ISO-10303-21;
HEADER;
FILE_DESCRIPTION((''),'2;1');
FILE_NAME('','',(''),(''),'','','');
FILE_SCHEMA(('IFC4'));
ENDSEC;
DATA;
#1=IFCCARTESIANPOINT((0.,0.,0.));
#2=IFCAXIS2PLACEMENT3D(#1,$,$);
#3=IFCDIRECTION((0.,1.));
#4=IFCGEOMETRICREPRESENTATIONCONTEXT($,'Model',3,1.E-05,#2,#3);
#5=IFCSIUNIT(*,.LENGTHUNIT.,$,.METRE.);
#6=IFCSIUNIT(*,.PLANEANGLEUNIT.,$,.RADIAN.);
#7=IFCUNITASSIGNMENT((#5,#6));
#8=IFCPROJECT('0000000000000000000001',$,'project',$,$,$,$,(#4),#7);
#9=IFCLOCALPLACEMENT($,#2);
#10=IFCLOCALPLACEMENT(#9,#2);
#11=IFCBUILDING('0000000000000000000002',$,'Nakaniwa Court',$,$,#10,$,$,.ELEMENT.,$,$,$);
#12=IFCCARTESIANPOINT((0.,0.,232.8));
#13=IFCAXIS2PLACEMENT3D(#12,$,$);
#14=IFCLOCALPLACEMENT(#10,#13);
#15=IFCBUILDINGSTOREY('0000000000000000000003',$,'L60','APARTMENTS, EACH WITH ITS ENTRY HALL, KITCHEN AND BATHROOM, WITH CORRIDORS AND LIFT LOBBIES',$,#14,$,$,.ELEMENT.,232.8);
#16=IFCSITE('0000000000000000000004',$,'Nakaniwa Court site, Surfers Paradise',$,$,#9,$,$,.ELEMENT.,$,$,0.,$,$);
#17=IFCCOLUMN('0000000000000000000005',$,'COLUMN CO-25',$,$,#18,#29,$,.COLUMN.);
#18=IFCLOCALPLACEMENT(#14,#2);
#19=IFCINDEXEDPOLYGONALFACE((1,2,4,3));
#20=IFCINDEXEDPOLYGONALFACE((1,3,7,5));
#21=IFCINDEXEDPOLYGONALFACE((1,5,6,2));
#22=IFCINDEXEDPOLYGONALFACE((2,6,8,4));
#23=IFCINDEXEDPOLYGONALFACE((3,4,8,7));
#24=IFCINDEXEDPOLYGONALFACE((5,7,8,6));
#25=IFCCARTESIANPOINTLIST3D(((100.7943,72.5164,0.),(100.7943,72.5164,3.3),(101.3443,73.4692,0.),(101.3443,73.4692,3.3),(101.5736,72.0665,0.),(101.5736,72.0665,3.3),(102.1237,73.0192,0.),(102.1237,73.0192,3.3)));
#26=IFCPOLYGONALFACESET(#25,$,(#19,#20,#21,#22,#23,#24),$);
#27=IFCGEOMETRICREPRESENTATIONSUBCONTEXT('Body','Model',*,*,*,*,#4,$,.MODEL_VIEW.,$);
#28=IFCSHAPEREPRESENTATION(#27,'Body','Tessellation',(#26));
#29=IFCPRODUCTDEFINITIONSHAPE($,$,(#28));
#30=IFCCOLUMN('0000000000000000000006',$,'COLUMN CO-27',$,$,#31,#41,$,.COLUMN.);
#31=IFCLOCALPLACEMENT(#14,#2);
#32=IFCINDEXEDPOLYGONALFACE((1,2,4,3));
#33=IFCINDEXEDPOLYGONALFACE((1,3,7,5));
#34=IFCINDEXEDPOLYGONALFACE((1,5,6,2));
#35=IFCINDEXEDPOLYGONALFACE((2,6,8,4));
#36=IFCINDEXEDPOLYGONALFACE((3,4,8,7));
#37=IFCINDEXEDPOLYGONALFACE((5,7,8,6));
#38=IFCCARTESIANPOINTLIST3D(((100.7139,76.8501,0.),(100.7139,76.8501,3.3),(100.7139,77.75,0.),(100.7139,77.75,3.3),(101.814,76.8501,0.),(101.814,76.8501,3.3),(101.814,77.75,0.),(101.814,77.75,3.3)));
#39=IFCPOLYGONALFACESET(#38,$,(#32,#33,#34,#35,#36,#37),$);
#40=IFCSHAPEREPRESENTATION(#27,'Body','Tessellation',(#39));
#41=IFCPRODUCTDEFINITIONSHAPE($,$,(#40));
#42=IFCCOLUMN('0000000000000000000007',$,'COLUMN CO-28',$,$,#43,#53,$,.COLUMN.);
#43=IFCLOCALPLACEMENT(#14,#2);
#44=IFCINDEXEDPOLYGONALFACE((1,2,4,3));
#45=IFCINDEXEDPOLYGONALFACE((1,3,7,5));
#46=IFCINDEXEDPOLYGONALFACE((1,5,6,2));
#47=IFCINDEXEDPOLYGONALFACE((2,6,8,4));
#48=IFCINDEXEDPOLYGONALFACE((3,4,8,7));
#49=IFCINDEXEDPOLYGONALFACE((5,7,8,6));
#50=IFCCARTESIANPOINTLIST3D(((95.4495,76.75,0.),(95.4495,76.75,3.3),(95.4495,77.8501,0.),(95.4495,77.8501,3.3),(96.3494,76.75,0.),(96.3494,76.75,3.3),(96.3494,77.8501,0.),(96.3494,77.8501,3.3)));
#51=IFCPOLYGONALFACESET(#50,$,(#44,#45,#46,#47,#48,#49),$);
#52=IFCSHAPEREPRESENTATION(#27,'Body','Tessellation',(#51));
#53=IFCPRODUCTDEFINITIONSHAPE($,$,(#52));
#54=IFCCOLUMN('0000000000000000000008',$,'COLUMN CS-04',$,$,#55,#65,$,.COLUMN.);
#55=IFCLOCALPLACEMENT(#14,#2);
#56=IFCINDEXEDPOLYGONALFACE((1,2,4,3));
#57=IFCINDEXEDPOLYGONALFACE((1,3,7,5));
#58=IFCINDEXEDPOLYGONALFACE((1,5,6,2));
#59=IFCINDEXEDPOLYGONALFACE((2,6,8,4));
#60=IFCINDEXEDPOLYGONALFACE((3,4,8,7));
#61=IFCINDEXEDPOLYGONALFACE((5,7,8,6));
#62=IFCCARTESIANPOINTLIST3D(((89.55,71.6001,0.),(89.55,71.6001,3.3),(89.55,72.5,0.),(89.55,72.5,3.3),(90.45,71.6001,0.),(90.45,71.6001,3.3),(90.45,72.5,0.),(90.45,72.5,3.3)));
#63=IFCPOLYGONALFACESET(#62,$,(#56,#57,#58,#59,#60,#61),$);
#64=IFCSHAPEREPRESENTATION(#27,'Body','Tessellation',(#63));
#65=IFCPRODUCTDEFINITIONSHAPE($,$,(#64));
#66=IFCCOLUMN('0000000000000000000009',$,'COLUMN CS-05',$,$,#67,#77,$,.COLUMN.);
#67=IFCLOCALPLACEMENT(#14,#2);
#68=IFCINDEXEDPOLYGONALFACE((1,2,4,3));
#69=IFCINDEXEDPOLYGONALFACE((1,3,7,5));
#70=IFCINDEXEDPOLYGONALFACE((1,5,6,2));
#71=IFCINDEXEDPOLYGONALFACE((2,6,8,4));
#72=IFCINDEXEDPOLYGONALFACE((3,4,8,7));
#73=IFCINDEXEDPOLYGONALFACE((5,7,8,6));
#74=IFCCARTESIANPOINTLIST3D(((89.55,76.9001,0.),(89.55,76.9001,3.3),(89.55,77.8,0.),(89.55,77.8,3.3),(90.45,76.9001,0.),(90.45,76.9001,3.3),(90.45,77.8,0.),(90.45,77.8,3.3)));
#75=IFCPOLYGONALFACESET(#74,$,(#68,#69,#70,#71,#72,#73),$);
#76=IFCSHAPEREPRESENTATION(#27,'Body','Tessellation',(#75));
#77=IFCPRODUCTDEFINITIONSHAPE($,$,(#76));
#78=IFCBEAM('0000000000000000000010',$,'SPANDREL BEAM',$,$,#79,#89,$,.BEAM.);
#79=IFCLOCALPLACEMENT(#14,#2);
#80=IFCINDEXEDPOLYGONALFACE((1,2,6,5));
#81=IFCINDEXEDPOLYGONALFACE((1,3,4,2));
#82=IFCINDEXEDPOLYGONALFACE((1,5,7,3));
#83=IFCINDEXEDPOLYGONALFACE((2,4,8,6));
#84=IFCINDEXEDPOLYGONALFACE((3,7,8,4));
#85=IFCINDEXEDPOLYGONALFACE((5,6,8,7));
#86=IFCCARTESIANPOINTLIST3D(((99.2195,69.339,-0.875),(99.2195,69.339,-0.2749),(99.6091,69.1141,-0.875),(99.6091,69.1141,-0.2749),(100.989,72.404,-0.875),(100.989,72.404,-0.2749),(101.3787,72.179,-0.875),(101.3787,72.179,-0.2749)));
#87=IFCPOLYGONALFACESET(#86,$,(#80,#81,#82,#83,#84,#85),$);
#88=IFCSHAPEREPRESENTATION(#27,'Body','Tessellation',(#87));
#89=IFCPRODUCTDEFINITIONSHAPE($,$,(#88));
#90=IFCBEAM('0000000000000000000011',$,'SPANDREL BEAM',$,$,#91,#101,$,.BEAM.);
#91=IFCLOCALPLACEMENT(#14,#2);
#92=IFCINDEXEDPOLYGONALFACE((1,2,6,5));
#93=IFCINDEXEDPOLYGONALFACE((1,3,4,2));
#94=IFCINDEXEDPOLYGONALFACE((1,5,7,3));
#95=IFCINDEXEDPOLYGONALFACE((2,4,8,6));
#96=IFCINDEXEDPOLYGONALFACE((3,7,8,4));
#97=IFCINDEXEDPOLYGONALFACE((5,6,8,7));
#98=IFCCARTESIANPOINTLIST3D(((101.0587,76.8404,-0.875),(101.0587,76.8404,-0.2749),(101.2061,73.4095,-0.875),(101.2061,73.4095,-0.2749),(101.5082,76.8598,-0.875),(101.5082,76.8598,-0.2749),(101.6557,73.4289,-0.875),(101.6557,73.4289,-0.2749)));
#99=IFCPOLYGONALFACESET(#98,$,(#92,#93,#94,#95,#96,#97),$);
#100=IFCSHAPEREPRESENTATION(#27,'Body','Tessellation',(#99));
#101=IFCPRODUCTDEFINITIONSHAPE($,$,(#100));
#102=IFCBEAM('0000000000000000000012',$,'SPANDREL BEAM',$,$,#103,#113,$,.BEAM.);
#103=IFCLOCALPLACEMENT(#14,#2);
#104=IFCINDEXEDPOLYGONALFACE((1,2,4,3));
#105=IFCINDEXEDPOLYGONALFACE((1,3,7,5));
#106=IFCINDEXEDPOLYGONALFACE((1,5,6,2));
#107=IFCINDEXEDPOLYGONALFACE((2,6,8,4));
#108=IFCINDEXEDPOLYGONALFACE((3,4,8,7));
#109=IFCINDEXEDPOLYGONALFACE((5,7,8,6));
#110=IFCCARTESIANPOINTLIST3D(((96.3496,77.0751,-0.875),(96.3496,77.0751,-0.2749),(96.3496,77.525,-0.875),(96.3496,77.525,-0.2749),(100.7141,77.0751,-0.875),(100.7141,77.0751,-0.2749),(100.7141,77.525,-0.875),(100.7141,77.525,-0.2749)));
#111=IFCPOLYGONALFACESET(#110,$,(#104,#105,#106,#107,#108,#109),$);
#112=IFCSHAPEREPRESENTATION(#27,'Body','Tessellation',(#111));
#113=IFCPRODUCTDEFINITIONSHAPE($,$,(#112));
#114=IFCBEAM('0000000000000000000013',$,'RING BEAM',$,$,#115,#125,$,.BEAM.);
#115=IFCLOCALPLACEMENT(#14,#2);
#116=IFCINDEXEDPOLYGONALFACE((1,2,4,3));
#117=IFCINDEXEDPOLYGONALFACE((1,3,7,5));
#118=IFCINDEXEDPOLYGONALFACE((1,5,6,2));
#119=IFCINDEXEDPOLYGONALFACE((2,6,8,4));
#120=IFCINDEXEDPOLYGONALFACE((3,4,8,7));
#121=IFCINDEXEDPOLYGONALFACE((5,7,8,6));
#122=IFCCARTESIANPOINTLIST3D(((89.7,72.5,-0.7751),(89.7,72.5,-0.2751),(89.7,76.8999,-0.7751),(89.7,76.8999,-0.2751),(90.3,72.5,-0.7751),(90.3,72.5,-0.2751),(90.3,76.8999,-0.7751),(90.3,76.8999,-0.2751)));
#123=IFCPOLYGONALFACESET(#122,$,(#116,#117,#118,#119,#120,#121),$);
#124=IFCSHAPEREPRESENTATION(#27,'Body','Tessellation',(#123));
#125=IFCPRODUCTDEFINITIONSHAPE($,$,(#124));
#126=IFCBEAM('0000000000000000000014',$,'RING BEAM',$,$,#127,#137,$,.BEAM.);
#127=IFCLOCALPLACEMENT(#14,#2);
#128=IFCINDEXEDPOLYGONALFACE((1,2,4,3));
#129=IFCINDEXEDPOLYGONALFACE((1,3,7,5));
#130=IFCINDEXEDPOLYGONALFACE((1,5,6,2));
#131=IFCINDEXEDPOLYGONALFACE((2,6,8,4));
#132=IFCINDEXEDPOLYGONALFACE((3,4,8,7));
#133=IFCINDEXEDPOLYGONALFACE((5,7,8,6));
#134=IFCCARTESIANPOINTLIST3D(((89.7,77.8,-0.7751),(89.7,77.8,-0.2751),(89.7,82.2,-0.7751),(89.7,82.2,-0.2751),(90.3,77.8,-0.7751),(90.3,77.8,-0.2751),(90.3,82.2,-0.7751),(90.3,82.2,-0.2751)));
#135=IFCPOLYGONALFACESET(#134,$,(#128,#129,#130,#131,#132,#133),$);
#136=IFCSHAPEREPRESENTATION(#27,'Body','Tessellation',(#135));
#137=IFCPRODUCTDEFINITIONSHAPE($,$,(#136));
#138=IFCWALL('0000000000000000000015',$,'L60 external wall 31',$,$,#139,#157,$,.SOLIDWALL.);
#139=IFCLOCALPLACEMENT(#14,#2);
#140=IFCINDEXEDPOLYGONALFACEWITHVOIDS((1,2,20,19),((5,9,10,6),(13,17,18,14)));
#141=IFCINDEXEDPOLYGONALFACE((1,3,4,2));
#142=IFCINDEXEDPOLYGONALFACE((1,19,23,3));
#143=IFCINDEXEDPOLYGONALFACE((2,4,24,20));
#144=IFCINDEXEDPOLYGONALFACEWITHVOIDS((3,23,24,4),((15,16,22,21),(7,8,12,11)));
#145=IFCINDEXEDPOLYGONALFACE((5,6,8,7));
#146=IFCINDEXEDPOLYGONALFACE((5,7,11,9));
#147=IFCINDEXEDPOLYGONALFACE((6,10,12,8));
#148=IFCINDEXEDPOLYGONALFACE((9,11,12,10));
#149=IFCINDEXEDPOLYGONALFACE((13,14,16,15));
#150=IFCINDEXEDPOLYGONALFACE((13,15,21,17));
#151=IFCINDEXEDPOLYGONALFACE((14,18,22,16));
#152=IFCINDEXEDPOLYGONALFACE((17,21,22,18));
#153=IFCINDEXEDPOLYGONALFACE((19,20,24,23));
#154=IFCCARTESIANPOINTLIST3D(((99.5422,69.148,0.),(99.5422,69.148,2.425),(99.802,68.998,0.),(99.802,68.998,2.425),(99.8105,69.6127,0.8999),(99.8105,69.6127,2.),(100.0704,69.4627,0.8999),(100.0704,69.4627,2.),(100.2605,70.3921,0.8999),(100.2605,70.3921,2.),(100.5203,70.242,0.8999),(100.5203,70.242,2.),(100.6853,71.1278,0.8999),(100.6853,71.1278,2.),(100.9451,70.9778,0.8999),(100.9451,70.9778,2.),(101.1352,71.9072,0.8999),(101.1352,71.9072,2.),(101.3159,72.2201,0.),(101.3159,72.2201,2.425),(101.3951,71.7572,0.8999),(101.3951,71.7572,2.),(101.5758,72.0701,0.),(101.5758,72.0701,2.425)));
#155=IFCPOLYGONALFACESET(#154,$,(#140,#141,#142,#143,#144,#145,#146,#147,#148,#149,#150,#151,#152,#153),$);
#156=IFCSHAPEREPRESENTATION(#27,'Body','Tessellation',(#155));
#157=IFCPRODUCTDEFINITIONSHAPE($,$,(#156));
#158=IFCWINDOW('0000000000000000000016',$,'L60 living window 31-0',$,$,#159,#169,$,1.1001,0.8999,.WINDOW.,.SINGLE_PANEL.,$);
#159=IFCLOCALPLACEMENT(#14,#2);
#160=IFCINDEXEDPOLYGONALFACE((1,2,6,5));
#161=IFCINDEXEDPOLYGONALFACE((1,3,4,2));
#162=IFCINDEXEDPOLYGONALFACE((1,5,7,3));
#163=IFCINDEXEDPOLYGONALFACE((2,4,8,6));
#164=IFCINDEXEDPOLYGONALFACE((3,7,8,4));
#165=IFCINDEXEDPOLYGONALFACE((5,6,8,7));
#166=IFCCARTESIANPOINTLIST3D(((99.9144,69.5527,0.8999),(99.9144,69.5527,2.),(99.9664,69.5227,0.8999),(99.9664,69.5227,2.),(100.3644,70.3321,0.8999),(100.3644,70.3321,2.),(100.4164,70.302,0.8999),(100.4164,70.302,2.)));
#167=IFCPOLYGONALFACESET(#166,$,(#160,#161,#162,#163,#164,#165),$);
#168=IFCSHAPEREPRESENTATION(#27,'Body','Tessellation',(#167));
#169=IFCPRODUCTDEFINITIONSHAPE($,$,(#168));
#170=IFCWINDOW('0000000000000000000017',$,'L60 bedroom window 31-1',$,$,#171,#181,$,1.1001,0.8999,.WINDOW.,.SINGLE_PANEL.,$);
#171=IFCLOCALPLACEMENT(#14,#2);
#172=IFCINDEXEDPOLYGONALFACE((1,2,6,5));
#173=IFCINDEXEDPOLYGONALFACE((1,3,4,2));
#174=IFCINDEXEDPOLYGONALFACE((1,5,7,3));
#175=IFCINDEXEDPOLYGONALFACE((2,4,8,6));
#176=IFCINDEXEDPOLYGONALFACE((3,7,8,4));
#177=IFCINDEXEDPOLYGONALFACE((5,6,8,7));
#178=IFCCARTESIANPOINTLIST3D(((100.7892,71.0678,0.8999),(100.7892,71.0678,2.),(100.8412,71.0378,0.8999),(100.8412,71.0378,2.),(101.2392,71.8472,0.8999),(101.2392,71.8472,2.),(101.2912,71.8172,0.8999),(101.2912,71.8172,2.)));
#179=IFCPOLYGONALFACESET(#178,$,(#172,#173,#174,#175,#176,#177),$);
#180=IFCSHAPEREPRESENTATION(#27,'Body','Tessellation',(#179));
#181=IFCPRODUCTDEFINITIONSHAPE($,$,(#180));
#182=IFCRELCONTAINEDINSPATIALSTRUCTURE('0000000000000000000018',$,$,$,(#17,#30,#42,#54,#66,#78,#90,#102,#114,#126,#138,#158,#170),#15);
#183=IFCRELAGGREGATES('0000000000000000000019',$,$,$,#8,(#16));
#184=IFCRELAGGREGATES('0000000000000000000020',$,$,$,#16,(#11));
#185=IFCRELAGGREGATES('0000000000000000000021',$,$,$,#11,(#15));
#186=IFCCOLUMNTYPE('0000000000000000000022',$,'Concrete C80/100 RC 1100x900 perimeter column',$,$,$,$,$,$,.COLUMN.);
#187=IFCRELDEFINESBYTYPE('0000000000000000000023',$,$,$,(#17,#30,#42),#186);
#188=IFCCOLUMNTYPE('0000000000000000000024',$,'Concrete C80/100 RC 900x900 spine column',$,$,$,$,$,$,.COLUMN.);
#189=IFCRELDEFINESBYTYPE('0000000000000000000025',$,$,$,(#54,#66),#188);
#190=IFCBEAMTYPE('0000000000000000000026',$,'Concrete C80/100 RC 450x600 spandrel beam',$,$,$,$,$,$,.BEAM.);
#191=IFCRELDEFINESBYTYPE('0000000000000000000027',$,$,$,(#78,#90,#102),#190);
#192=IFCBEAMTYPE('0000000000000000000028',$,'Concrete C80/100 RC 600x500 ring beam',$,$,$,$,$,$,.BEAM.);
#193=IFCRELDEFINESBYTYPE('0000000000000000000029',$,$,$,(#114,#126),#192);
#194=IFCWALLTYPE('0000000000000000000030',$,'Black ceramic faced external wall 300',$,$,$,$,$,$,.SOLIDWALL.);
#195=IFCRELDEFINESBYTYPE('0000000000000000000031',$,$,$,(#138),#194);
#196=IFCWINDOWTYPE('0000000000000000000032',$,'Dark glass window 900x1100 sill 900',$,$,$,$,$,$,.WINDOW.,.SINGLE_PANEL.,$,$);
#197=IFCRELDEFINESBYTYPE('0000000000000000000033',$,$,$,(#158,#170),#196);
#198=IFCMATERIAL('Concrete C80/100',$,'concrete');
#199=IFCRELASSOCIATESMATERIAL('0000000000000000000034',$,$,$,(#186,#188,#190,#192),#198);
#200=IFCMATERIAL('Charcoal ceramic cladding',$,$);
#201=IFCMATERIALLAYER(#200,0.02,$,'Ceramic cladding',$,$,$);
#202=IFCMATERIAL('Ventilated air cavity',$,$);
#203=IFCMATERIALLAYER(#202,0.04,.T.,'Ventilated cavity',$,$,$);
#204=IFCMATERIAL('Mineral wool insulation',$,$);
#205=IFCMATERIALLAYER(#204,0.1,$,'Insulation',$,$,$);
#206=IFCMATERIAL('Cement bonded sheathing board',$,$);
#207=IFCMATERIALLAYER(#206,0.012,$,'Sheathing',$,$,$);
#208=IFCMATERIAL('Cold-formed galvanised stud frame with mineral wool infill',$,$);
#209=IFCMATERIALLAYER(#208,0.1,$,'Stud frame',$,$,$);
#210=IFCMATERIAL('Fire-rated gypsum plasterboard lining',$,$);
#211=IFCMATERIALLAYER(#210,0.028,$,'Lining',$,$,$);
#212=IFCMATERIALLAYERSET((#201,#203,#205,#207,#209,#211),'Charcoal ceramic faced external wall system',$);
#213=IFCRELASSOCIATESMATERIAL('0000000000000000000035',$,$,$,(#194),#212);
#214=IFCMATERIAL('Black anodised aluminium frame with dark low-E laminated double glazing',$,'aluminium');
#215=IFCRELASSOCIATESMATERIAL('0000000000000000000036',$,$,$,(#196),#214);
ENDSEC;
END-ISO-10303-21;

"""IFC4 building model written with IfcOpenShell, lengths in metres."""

from ifc_helpers import new_model, si_unit, direction, frame, frame_2d, origin, origin_2d, place, context, subcontext, project, spatial, rectangle, extrude, material, layer, layer_set, material_profile, profile_set, type_object, element, fill, save


model = new_model("IFC4")

# Units and contexts
model_context = context("Model", 3, precision=1e-05, world=origin(), true_north=direction((0.0, 1.0)))
body_context = subcontext(model_context, "Body", "Model", "MODEL_VIEW")
ifc_project = project(units=[si_unit("LENGTHUNIT", "METRE"), si_unit("PLANEANGLEUNIT", "RADIAN")], contexts=[model_context])

# Site, building, storey
site_placement = place(None, origin())
site = spatial("IfcSite", under=ifc_project, at=site_placement, Name="Nakaniwa Court site, Surfers Paradise", CompositionType="ELEMENT", RefElevation=0.0)
building_placement = place(site_placement, origin())
building = spatial("IfcBuilding", under=site, at=building_placement, Name="Nakaniwa Court", CompositionType="ELEMENT")
storey_placement = place(building_placement, frame((0.0, 0.0, 232.8)))
storey = spatial("IfcBuildingStorey", under=building, at=storey_placement, Name="L60", Description="APARTMENTS, EACH WITH ITS ENTRY HALL, KITCHEN AND BATHROOM, WITH CORRIDORS AND LIFT LOBBIES", CompositionType="ELEMENT", Elevation=232.8)

# Columns
ifc_material_1 = material(Name="Concrete C80/100", Category="concrete")
ifc_material_profile_1 = material_profile(ifc_material_1, rectangle(XDim=1.1001, YDim=0.8999, at=origin_2d()), Name="Concrete C80/100 RC 1100x900 perimeter column")
ifc_profile_set_1 = profile_set([ifc_material_profile_1], Name="Concrete C80/100")
column_type_1 = type_object("IfcColumnType", Name="Concrete C80/100 RC 1100x900 perimeter column", PredefinedType="COLUMN", material=ifc_profile_set_1)
for number, where, z_axis, x_axis, name in (
    (1, (101.459, 72.7678, 0.0), (0.0, 0.0, 1.0), (0.5, 0.866025, 0.0), "COLUMN CO-25"),
    (2, (101.2639, 77.3, 0.0), (0.0, 0.0, 1.0), (-1.0, 0.0, 0.0), "COLUMN CO-27"),
    (3, (95.8994, 77.3, 0.0), (0.0, 0.0, 1.0), (0.0, 1.0, 0.0), "COLUMN CO-28"),
):
    element("IfcColumn", number, at=place(storey_placement, frame(where, z_axis=z_axis, x_axis=x_axis)), inside=storey, type_object=column_type_1, Name=name, PredefinedType="COLUMN", context=body_context, shape_type="SweptSolid", body=[
        extrude(rectangle(XDim=1.1001, YDim=0.8999, at=origin_2d()), origin(), (0.0, 0.0, 1.0), 3.3),
    ])
ifc_material_profile_2 = material_profile(ifc_material_1, rectangle(XDim=0.8999, YDim=0.8999, at=origin_2d()), Name="Concrete C80/100 RC 900x900 spine column")
ifc_profile_set_2 = profile_set([ifc_material_profile_2], Name="Concrete C80/100")
column_type_2 = type_object("IfcColumnType", Name="Concrete C80/100 RC 900x900 spine column", PredefinedType="COLUMN", material=ifc_profile_set_2)
for number, where, z_axis, x_axis, name in (
    (4, (90.0, 72.05, 0.0), (0.0, 0.0, 1.0), (0.0, 1.0, 0.0), "COLUMN CS-04"),
    (5, (90.0, 77.3501, 0.0), (0.0, 0.0, 1.0), (0.0, 1.0, 0.0), "COLUMN CS-05"),
):
    element("IfcColumn", number, at=place(storey_placement, frame(where, z_axis=z_axis, x_axis=x_axis)), inside=storey, type_object=column_type_2, Name=name, PredefinedType="COLUMN", context=body_context, shape_type="SweptSolid", body=[
        extrude(rectangle(XDim=0.8999, YDim=0.8999, at=origin_2d()), origin(), (0.0, 0.0, 1.0), 3.3),
    ])

# Beams
ifc_material_profile_3 = material_profile(ifc_material_1, rectangle(XDim=0.45, YDim=0.6001, at=origin_2d()), Name="Concrete C80/100 RC 450x600 spandrel beam")
ifc_profile_set_3 = profile_set([ifc_material_profile_3], Name="Concrete C80/100")
beam_type_1 = type_object("IfcBeamType", Name="Concrete C80/100 RC 450x600 spandrel beam", PredefinedType="BEAM", material=ifc_profile_set_3)
beam_1_placement = place(storey_placement, frame((99.4143, 69.2266, -0.575), z_axis=(0.499997, 0.866027, 0.0), x_axis=(-0.866027, 0.499997, 0.0)))
element("IfcBeam", 6, at=beam_1_placement, inside=storey, type_object=beam_type_1, Name="SPANDREL BEAM", PredefinedType="BEAM", context=body_context, shape_type="SweptSolid", body=[
    extrude(rectangle(XDim=0.45, YDim=0.6001, at=origin_2d()), origin(), (0.0, 0.0, 1.0), 3.5391),
])
beam_2_placement = place(storey_placement, frame((101.4309, 73.4192, -0.575), z_axis=(-0.042941, 0.999078, 0.0), x_axis=(-0.999078, -0.042941, 0.0)))
element("IfcBeam", 7, at=beam_2_placement, inside=storey, type_object=beam_type_1, Name="SPANDREL BEAM", PredefinedType="BEAM", context=body_context, shape_type="SweptSolid", body=[
    extrude(rectangle(XDim=0.45, YDim=0.6001, at=origin_2d()), origin(), (0.0, 0.0, 1.0), 3.4341),
])
beam_3_placement = place(storey_placement, frame((100.7141, 77.3, -0.575), z_axis=(-1.0, 0.0, 0.0), x_axis=(0.0, -1.0, 0.0)))
element("IfcBeam", 8, at=beam_3_placement, inside=storey, type_object=beam_type_1, Name="SPANDREL BEAM", PredefinedType="BEAM", context=body_context, shape_type="SweptSolid", body=[
    extrude(rectangle(XDim=0.45, YDim=0.6001, at=origin_2d()), origin(), (0.0, 0.0, 1.0), 4.3645),
])
ifc_material_profile_4 = material_profile(ifc_material_1, rectangle(XDim=0.6001, YDim=0.5, at=origin_2d()), Name="Concrete C80/100 RC 600x500 ring beam")
ifc_profile_set_4 = profile_set([ifc_material_profile_4], Name="Concrete C80/100")
beam_type_2 = type_object("IfcBeamType", Name="Concrete C80/100 RC 600x500 ring beam", PredefinedType="BEAM", material=ifc_profile_set_4)
for number, where, z_axis, x_axis, name in (
    (9, (90.0, 72.5, -0.5251), (0.0, 1.0, 0.0), (-1.0, 0.0, 0.0), "RING BEAM"),
    (10, (90.0, 77.8, -0.5251), (0.0, 1.0, 0.0), (-1.0, 0.0, 0.0), "RING BEAM"),
):
    element("IfcBeam", number, at=place(storey_placement, frame(where, z_axis=z_axis, x_axis=x_axis)), inside=storey, type_object=beam_type_2, Name=name, PredefinedType="BEAM", context=body_context, shape_type="SweptSolid", body=[
        extrude(rectangle(XDim=0.6001, YDim=0.5, at=origin_2d()), origin(), (0.0, 0.0, 1.0), 4.3999),
    ])

# Wall, openings, windows
ifc_material_2 = material(Name="Charcoal ceramic cladding")
ifc_layer_1 = layer(ifc_material_2, 0.02, Name="Ceramic cladding")
ifc_material_3 = material(Name="Ventilated air cavity")
ifc_layer_2 = layer(ifc_material_3, 0.04, ventilated=True, Name="Ventilated cavity")
ifc_material_4 = material(Name="Mineral wool insulation")
ifc_layer_3 = layer(ifc_material_4, 0.1, Name="Insulation")
ifc_material_5 = material(Name="Cement bonded sheathing board")
ifc_layer_4 = layer(ifc_material_5, 0.012, Name="Sheathing")
ifc_material_6 = material(Name="Cold-formed galvanised stud frame with mineral wool infill")
ifc_layer_5 = layer(ifc_material_6, 0.1, Name="Stud frame")
ifc_material_7 = material(Name="Fire-rated gypsum plasterboard lining")
ifc_layer_6 = layer(ifc_material_7, 0.028, Name="Lining")
ifc_layer_set_1 = layer_set([ifc_layer_1, ifc_layer_2, ifc_layer_3, ifc_layer_4, ifc_layer_5, ifc_layer_6], Name="Charcoal ceramic faced external wall system")
wall_type_1 = type_object("IfcWallType", Name="Black ceramic faced external wall 300", PredefinedType="SOLIDWALL", material=ifc_layer_set_1)
wall_1_placement = place(storey_placement, frame((99.6721, 69.073, 0.0), z_axis=(0.0, 0.0, 1.0), x_axis=(0.50001, 0.866019, 0.0)))
wall_1 = element("IfcWall", 11, at=wall_1_placement, inside=storey, type_object=wall_type_1, Name="L60 external wall 31", PredefinedType="SOLIDWALL", context=body_context, shape_type="SweptSolid", body=[
    extrude(rectangle(XDim=3.5474, YDim=0.3, at=frame_2d((1.7737, 0.0))), origin(), (0.0, 0.0, 1.0), 2.425),
])
opening_1_placement = place(wall_1_placement, frame((0.5366, 0.0, 0.8999)))
opening_1 = element("IfcOpeningElement", 12, at=opening_1_placement, cuts=wall_1, PredefinedType="OPENING", context=body_context, shape_type="SweptSolid", body=[
    extrude(rectangle(XDim=0.8999, YDim=1.1001, at=frame_2d((0.45, 0.55))), frame((0.0, 0.1599, 0.0), z_axis=(0.0, -1.0, 0.0), x_axis=(1.0, 0.0, 0.0)), (0.0, 0.0, 1.0), 0.3201),
])
opening_2_placement = place(wall_1_placement, frame((2.2861, 0.0, 0.8999)))
opening_2 = element("IfcOpeningElement", 13, at=opening_2_placement, cuts=wall_1, PredefinedType="OPENING", context=body_context, shape_type="SweptSolid", body=[
    extrude(rectangle(XDim=0.8999, YDim=1.1001, at=frame_2d((0.45, 0.55))), frame((0.0, 0.1599, 0.0), z_axis=(0.0, -1.0, 0.0), x_axis=(1.0, 0.0, 0.0)), (0.0, 0.0, 1.0), 0.3201),
])
ifc_material_8 = material(Name="Black anodised aluminium frame with dark low-E laminated double glazing", Category="aluminium")
window_type_1 = type_object("IfcWindowType", Name="Dark glass window 900x1100 sill 900", PartitioningType="SINGLE_PANEL", PredefinedType="WINDOW", material=ifc_material_8)
window_1_placement = place(opening_1_placement, origin())
window_1 = element("IfcWindow", 14, at=window_1_placement, inside=storey, type_object=window_type_1, Name="L60 living window 31-0", OverallHeight=1.1001, OverallWidth=0.8999, PartitioningType="SINGLE_PANEL", PredefinedType="WINDOW", context=body_context, shape_type="SweptSolid", body=[
    extrude(rectangle(XDim=0.8999, YDim=1.1001, at=frame_2d((0.45, 0.55))), frame((0.0, 0.03, 0.0), z_axis=(0.0, -1.0, 0.0), x_axis=(1.0, 0.0, 0.0)), (0.0, 0.0, 1.0), 0.0601),
])
fill(opening_1, window_1)
window_2_placement = place(opening_2_placement, origin())
window_2 = element("IfcWindow", 15, at=window_2_placement, inside=storey, type_object=window_type_1, Name="L60 bedroom window 31-1", OverallHeight=1.1001, OverallWidth=0.8999, PartitioningType="SINGLE_PANEL", PredefinedType="WINDOW", context=body_context, shape_type="SweptSolid", body=[
    extrude(rectangle(XDim=0.8999, YDim=1.1001, at=frame_2d((0.45, 0.55))), frame((0.0, 0.03, 0.0), z_axis=(0.0, -1.0, 0.0), x_axis=(1.0, 0.0, 0.0)), (0.0, 0.0, 1.0), 0.0601),
])
fill(opening_2, window_2)

save(model, "model.ifc")
